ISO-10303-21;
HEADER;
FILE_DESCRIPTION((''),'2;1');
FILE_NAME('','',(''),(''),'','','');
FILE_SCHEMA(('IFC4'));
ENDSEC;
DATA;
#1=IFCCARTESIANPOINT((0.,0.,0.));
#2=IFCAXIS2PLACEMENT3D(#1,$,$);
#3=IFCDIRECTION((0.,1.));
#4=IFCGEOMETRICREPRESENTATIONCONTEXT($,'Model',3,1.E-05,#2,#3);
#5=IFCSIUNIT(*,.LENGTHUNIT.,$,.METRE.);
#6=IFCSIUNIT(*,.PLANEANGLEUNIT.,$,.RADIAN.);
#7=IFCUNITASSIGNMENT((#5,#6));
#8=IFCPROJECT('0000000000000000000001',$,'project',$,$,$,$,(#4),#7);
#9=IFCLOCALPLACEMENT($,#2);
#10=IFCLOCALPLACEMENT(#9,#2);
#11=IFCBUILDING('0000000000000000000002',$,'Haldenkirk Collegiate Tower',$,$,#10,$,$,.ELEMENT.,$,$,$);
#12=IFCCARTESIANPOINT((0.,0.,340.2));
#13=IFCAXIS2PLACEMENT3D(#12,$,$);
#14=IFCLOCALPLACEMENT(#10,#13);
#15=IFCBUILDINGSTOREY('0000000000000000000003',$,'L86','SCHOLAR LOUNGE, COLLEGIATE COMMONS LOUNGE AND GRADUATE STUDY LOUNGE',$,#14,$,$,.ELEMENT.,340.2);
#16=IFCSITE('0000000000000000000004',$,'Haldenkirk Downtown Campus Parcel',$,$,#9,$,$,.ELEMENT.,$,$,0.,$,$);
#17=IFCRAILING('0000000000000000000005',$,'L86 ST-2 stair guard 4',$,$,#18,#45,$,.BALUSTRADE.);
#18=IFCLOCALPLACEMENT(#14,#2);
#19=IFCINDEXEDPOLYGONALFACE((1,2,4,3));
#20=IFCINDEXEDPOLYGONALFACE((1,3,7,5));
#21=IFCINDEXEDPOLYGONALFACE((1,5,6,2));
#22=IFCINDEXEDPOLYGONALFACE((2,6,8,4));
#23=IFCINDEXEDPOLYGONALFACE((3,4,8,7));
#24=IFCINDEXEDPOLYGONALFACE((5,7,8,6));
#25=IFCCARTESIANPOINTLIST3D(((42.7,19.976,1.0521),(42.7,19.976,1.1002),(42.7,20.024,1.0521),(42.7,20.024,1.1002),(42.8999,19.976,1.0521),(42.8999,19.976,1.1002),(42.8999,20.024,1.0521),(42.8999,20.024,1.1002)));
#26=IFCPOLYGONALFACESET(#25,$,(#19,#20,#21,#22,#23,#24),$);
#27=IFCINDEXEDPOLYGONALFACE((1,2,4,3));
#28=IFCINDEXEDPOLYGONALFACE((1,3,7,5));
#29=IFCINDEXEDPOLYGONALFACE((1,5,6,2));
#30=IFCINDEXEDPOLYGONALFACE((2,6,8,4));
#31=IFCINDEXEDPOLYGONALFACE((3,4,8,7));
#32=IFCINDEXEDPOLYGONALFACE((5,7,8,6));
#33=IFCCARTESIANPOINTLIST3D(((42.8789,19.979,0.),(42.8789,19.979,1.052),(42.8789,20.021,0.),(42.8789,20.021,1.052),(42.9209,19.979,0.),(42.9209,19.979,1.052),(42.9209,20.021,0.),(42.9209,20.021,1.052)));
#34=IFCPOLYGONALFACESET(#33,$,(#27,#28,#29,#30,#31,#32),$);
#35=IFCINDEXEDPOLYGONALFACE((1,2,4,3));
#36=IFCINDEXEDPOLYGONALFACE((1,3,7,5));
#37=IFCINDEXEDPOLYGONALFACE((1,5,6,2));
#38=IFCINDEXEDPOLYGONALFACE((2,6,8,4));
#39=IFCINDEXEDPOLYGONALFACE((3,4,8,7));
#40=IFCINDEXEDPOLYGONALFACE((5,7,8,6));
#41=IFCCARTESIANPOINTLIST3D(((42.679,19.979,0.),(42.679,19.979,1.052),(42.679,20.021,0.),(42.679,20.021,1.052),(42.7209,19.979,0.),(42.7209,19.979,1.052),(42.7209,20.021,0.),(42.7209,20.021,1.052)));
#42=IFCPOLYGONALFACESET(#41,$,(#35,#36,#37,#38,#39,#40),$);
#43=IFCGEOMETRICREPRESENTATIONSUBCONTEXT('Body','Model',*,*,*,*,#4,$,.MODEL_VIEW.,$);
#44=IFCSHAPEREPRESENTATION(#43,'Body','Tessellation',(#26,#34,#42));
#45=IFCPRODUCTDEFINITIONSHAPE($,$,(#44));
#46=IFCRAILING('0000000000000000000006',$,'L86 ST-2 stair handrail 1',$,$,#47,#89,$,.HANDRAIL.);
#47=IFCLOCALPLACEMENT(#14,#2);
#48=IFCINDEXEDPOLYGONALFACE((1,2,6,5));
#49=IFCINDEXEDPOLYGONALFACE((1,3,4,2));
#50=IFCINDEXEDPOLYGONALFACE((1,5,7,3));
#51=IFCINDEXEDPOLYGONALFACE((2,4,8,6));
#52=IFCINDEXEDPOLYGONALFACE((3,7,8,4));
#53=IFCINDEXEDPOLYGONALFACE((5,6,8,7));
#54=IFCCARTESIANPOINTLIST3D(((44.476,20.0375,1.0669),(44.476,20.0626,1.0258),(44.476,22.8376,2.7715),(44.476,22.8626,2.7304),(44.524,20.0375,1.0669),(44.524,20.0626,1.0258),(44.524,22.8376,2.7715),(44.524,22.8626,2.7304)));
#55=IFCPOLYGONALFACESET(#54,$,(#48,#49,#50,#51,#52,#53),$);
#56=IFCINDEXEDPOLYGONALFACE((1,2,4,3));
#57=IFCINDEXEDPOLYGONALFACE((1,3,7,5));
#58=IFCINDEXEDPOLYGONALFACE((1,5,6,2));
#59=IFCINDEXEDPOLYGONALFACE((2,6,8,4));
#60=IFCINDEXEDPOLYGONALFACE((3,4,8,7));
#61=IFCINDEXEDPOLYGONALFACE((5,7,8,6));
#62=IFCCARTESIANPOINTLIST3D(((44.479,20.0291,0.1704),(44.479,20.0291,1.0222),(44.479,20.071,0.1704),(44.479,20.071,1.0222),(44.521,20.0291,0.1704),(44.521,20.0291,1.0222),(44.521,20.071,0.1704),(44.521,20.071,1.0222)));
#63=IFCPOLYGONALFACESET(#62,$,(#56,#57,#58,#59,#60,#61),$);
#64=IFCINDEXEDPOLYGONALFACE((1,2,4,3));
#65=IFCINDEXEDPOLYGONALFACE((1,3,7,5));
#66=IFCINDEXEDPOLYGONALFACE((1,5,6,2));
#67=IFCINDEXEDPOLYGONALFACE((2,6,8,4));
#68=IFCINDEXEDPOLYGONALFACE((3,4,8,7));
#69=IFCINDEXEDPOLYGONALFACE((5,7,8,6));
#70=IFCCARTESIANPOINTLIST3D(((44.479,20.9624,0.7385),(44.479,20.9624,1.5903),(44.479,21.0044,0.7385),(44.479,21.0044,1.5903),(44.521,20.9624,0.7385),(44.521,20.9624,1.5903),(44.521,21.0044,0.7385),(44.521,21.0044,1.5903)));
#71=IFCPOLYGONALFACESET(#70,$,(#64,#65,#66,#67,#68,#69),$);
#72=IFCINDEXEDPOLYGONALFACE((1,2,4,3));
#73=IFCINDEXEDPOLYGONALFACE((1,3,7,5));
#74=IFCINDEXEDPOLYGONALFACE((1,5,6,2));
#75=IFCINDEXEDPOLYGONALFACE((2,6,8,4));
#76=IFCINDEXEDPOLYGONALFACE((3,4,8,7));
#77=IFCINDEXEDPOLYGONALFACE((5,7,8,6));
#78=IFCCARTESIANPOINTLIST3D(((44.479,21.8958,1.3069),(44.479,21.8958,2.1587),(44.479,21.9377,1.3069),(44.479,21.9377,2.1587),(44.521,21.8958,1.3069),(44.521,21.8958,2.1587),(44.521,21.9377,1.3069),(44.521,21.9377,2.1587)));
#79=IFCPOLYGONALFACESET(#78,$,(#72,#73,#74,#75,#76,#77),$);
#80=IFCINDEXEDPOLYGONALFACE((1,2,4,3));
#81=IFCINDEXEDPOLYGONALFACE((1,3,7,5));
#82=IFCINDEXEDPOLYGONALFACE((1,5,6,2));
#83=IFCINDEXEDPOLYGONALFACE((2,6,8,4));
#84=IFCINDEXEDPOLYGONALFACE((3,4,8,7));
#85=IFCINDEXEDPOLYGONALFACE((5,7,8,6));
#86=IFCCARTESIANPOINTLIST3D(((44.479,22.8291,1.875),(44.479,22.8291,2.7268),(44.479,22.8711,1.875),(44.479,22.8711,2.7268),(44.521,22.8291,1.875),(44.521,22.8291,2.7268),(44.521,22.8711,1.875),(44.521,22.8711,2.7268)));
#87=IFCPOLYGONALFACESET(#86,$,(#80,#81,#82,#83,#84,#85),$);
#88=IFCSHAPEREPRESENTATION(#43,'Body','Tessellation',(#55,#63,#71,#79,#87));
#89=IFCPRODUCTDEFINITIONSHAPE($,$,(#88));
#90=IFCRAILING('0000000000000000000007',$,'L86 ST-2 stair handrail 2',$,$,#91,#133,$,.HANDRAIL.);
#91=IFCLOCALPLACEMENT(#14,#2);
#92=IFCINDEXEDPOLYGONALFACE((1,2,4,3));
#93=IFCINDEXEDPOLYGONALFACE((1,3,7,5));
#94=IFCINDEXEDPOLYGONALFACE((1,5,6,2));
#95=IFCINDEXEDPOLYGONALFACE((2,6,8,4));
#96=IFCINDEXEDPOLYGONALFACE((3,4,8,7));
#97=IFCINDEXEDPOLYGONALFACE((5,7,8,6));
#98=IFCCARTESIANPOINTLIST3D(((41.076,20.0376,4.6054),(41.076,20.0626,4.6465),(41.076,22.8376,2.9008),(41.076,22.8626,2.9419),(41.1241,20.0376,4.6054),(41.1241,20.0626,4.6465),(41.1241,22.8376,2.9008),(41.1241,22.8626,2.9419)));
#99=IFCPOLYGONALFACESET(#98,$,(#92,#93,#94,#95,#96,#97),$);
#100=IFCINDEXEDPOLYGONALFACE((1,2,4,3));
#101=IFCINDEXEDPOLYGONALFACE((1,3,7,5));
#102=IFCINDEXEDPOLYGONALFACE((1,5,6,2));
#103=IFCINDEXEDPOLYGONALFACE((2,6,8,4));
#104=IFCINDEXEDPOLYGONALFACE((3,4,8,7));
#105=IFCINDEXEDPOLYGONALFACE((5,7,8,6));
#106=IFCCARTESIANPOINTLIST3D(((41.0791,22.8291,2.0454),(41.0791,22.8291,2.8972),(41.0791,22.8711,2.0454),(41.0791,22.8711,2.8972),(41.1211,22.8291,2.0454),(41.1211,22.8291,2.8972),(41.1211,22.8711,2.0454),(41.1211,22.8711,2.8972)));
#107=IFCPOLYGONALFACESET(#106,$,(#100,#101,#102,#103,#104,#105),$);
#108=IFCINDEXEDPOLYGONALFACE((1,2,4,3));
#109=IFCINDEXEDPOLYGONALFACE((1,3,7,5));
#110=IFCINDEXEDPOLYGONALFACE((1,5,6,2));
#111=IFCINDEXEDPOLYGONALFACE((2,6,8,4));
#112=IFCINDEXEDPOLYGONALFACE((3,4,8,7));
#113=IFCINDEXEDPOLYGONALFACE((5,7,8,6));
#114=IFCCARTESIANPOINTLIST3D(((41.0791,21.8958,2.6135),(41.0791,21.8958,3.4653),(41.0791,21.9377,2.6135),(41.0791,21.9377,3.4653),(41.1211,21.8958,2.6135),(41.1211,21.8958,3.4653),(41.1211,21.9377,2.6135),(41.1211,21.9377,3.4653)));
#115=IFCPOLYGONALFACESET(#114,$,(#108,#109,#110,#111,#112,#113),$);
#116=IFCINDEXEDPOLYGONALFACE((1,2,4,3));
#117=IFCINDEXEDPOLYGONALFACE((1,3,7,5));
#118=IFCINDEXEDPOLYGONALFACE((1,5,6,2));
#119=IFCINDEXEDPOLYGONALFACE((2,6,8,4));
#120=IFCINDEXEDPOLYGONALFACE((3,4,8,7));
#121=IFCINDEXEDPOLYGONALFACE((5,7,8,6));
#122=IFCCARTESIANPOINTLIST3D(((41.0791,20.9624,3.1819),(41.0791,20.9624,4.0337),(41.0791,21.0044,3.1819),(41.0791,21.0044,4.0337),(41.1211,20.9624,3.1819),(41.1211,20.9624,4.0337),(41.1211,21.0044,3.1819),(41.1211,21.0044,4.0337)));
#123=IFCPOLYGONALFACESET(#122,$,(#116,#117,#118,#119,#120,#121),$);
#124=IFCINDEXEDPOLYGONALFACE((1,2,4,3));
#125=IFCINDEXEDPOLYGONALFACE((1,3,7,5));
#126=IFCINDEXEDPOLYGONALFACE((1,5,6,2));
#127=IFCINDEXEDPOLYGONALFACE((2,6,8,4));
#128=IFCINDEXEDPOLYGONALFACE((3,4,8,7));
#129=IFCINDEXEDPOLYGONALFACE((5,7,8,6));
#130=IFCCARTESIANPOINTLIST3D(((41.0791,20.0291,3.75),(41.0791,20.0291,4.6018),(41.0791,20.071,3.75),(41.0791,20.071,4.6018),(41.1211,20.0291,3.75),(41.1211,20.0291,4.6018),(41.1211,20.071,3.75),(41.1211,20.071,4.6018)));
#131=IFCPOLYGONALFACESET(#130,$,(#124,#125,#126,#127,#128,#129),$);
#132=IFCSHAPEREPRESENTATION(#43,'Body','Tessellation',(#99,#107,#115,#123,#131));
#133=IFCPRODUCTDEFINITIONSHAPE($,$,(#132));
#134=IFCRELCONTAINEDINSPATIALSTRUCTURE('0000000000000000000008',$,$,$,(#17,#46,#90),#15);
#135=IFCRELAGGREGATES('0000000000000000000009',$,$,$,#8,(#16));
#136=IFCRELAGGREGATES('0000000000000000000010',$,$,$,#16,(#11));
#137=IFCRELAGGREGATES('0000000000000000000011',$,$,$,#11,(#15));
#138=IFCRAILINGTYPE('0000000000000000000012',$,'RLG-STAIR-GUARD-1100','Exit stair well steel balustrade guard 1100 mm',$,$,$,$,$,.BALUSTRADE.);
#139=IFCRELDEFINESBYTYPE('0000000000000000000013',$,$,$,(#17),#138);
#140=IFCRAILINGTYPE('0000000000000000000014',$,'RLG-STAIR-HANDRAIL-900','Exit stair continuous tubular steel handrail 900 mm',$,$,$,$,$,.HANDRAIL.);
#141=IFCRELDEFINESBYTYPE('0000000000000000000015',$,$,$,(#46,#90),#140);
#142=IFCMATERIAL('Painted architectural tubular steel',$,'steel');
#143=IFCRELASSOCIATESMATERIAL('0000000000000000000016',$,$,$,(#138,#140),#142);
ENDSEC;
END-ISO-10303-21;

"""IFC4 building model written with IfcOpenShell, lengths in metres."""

from ifc_helpers import new_model, si_unit, direction, frame, origin, origin_2d, place, context, subcontext, project, spatial, rectangle, extrude, material, type_object, element, save


model = new_model("IFC4")

# Units and contexts
model_context = context("Model", 3, precision=1e-05, world=origin(), true_north=direction((0.0, 1.0)))
body_context = subcontext(model_context, "Body", "Model", "MODEL_VIEW")
ifc_project = project(units=[si_unit("LENGTHUNIT", "METRE"), si_unit("PLANEANGLEUNIT", "RADIAN")], contexts=[model_context])

# Site, building, storey
site_placement = place(None, origin())
site = spatial("IfcSite", under=ifc_project, at=site_placement, Name="Haldenkirk Downtown Campus Parcel", CompositionType="ELEMENT", RefElevation=0.0)
building_placement = place(site_placement, origin())
building = spatial("IfcBuilding", under=site, at=building_placement, Name="Haldenkirk Collegiate Tower", CompositionType="ELEMENT")
storey_placement = place(building_placement, frame((0.0, 0.0, 340.2)))
storey = spatial("IfcBuildingStorey", under=building, at=storey_placement, Name="L86", Description="SCHOLAR LOUNGE, COLLEGIATE COMMONS LOUNGE AND GRADUATE STUDY LOUNGE", CompositionType="ELEMENT", Elevation=340.2)

# Railings
ifc_material_1 = material(Name="Painted architectural tubular steel", Category="steel")
railing_type_1 = type_object("IfcRailingType", Name="RLG-STAIR-GUARD-1100", Description="Exit stair well steel balustrade guard 1100 mm", PredefinedType="BALUSTRADE", material=ifc_material_1)
railing_1_placement = place(storey_placement, frame((42.8999, 20.0, 0.0)))
element("IfcRailing", 1, at=railing_1_placement, inside=storey, type_object=railing_type_1, Name="L86 ST-2 stair guard 4", PredefinedType="BALUSTRADE", context=body_context, shape_type="SweptSolid", body=[
    extrude(rectangle(XDim=0.0481, YDim=0.0481, at=origin_2d()), frame((0.0, 0.0, 1.0762), z_axis=(-1.0, 0.0, 0.0), x_axis=(0.0, -1.0, 0.0)), (0.0, 0.0, 1.0), 0.2),
    extrude(rectangle(XDim=0.042, YDim=0.042, at=origin_2d()), origin(), (0.0, 0.0, 1.0), 1.052),
    extrude(rectangle(XDim=0.042, YDim=0.042, at=origin_2d()), frame((-0.2, 0.0, 0.0)), (0.0, 0.0, 1.0), 1.052),
])
railing_type_2 = type_object("IfcRailingType", Name="RLG-STAIR-HANDRAIL-900", Description="Exit stair continuous tubular steel handrail 900 mm", PredefinedType="HANDRAIL", material=ifc_material_1)
railing_2_placement = place(storey_placement, frame((44.5, 20.05, 0.1704)))
element("IfcRailing", 2, at=railing_2_placement, inside=storey, type_object=railing_type_2, Name="L86 ST-2 stair handrail 1", PredefinedType="HANDRAIL", context=body_context, shape_type="SweptSolid", body=[
    extrude(rectangle(XDim=0.0481, YDim=0.0481, at=origin_2d()), frame((0.0, 0.0, 0.876), z_axis=(0.0, 0.85417, 0.519994), x_axis=(-1.0, 0.0, 0.0)), (0.0, 0.0, 1.0), 3.2781),
    extrude(rectangle(XDim=0.042, YDim=0.042, at=origin_2d()), origin(), (0.0, 0.0, 1.0), 0.8518),
    extrude(rectangle(XDim=0.042, YDim=0.042, at=origin_2d()), frame((0.0, 0.9333, 0.5681)), (0.0, 0.0, 1.0), 0.8518),
    extrude(rectangle(XDim=0.042, YDim=0.042, at=origin_2d()), frame((0.0, 1.8667, 1.1365)), (0.0, 0.0, 1.0), 0.8518),
    extrude(rectangle(XDim=0.042, YDim=0.042, at=origin_2d()), frame((0.0, 2.8, 1.7046)), (0.0, 0.0, 1.0), 0.8518),
])
railing_3_placement = place(storey_placement, frame((41.1001, 22.8501, 2.0454)))
element("IfcRailing", 3, at=railing_3_placement, inside=storey, type_object=railing_type_2, Name="L86 ST-2 stair handrail 2", PredefinedType="HANDRAIL", context=body_context, shape_type="SweptSolid", body=[
    extrude(rectangle(XDim=0.0481, YDim=0.0481, at=origin_2d()), frame((0.0, 0.0, 0.876), z_axis=(0.0, -0.85417, 0.519994), x_axis=(1.0, 0.0, 0.0)), (0.0, 0.0, 1.0), 3.2781),
    extrude(rectangle(XDim=0.042, YDim=0.042, at=origin_2d()), origin(), (0.0, 0.0, 1.0), 0.8518),
    extrude(rectangle(XDim=0.042, YDim=0.042, at=origin_2d()), frame((0.0, -0.9333, 0.5681)), (0.0, 0.0, 1.0), 0.8518),
    extrude(rectangle(XDim=0.042, YDim=0.042, at=origin_2d()), frame((0.0, -1.8667, 1.1365)), (0.0, 0.0, 1.0), 0.8518),
    extrude(rectangle(XDim=0.042, YDim=0.042, at=origin_2d()), frame((0.0, -2.8, 1.7046)), (0.0, 0.0, 1.0), 0.8518),
])

save(model, "model.ifc")
